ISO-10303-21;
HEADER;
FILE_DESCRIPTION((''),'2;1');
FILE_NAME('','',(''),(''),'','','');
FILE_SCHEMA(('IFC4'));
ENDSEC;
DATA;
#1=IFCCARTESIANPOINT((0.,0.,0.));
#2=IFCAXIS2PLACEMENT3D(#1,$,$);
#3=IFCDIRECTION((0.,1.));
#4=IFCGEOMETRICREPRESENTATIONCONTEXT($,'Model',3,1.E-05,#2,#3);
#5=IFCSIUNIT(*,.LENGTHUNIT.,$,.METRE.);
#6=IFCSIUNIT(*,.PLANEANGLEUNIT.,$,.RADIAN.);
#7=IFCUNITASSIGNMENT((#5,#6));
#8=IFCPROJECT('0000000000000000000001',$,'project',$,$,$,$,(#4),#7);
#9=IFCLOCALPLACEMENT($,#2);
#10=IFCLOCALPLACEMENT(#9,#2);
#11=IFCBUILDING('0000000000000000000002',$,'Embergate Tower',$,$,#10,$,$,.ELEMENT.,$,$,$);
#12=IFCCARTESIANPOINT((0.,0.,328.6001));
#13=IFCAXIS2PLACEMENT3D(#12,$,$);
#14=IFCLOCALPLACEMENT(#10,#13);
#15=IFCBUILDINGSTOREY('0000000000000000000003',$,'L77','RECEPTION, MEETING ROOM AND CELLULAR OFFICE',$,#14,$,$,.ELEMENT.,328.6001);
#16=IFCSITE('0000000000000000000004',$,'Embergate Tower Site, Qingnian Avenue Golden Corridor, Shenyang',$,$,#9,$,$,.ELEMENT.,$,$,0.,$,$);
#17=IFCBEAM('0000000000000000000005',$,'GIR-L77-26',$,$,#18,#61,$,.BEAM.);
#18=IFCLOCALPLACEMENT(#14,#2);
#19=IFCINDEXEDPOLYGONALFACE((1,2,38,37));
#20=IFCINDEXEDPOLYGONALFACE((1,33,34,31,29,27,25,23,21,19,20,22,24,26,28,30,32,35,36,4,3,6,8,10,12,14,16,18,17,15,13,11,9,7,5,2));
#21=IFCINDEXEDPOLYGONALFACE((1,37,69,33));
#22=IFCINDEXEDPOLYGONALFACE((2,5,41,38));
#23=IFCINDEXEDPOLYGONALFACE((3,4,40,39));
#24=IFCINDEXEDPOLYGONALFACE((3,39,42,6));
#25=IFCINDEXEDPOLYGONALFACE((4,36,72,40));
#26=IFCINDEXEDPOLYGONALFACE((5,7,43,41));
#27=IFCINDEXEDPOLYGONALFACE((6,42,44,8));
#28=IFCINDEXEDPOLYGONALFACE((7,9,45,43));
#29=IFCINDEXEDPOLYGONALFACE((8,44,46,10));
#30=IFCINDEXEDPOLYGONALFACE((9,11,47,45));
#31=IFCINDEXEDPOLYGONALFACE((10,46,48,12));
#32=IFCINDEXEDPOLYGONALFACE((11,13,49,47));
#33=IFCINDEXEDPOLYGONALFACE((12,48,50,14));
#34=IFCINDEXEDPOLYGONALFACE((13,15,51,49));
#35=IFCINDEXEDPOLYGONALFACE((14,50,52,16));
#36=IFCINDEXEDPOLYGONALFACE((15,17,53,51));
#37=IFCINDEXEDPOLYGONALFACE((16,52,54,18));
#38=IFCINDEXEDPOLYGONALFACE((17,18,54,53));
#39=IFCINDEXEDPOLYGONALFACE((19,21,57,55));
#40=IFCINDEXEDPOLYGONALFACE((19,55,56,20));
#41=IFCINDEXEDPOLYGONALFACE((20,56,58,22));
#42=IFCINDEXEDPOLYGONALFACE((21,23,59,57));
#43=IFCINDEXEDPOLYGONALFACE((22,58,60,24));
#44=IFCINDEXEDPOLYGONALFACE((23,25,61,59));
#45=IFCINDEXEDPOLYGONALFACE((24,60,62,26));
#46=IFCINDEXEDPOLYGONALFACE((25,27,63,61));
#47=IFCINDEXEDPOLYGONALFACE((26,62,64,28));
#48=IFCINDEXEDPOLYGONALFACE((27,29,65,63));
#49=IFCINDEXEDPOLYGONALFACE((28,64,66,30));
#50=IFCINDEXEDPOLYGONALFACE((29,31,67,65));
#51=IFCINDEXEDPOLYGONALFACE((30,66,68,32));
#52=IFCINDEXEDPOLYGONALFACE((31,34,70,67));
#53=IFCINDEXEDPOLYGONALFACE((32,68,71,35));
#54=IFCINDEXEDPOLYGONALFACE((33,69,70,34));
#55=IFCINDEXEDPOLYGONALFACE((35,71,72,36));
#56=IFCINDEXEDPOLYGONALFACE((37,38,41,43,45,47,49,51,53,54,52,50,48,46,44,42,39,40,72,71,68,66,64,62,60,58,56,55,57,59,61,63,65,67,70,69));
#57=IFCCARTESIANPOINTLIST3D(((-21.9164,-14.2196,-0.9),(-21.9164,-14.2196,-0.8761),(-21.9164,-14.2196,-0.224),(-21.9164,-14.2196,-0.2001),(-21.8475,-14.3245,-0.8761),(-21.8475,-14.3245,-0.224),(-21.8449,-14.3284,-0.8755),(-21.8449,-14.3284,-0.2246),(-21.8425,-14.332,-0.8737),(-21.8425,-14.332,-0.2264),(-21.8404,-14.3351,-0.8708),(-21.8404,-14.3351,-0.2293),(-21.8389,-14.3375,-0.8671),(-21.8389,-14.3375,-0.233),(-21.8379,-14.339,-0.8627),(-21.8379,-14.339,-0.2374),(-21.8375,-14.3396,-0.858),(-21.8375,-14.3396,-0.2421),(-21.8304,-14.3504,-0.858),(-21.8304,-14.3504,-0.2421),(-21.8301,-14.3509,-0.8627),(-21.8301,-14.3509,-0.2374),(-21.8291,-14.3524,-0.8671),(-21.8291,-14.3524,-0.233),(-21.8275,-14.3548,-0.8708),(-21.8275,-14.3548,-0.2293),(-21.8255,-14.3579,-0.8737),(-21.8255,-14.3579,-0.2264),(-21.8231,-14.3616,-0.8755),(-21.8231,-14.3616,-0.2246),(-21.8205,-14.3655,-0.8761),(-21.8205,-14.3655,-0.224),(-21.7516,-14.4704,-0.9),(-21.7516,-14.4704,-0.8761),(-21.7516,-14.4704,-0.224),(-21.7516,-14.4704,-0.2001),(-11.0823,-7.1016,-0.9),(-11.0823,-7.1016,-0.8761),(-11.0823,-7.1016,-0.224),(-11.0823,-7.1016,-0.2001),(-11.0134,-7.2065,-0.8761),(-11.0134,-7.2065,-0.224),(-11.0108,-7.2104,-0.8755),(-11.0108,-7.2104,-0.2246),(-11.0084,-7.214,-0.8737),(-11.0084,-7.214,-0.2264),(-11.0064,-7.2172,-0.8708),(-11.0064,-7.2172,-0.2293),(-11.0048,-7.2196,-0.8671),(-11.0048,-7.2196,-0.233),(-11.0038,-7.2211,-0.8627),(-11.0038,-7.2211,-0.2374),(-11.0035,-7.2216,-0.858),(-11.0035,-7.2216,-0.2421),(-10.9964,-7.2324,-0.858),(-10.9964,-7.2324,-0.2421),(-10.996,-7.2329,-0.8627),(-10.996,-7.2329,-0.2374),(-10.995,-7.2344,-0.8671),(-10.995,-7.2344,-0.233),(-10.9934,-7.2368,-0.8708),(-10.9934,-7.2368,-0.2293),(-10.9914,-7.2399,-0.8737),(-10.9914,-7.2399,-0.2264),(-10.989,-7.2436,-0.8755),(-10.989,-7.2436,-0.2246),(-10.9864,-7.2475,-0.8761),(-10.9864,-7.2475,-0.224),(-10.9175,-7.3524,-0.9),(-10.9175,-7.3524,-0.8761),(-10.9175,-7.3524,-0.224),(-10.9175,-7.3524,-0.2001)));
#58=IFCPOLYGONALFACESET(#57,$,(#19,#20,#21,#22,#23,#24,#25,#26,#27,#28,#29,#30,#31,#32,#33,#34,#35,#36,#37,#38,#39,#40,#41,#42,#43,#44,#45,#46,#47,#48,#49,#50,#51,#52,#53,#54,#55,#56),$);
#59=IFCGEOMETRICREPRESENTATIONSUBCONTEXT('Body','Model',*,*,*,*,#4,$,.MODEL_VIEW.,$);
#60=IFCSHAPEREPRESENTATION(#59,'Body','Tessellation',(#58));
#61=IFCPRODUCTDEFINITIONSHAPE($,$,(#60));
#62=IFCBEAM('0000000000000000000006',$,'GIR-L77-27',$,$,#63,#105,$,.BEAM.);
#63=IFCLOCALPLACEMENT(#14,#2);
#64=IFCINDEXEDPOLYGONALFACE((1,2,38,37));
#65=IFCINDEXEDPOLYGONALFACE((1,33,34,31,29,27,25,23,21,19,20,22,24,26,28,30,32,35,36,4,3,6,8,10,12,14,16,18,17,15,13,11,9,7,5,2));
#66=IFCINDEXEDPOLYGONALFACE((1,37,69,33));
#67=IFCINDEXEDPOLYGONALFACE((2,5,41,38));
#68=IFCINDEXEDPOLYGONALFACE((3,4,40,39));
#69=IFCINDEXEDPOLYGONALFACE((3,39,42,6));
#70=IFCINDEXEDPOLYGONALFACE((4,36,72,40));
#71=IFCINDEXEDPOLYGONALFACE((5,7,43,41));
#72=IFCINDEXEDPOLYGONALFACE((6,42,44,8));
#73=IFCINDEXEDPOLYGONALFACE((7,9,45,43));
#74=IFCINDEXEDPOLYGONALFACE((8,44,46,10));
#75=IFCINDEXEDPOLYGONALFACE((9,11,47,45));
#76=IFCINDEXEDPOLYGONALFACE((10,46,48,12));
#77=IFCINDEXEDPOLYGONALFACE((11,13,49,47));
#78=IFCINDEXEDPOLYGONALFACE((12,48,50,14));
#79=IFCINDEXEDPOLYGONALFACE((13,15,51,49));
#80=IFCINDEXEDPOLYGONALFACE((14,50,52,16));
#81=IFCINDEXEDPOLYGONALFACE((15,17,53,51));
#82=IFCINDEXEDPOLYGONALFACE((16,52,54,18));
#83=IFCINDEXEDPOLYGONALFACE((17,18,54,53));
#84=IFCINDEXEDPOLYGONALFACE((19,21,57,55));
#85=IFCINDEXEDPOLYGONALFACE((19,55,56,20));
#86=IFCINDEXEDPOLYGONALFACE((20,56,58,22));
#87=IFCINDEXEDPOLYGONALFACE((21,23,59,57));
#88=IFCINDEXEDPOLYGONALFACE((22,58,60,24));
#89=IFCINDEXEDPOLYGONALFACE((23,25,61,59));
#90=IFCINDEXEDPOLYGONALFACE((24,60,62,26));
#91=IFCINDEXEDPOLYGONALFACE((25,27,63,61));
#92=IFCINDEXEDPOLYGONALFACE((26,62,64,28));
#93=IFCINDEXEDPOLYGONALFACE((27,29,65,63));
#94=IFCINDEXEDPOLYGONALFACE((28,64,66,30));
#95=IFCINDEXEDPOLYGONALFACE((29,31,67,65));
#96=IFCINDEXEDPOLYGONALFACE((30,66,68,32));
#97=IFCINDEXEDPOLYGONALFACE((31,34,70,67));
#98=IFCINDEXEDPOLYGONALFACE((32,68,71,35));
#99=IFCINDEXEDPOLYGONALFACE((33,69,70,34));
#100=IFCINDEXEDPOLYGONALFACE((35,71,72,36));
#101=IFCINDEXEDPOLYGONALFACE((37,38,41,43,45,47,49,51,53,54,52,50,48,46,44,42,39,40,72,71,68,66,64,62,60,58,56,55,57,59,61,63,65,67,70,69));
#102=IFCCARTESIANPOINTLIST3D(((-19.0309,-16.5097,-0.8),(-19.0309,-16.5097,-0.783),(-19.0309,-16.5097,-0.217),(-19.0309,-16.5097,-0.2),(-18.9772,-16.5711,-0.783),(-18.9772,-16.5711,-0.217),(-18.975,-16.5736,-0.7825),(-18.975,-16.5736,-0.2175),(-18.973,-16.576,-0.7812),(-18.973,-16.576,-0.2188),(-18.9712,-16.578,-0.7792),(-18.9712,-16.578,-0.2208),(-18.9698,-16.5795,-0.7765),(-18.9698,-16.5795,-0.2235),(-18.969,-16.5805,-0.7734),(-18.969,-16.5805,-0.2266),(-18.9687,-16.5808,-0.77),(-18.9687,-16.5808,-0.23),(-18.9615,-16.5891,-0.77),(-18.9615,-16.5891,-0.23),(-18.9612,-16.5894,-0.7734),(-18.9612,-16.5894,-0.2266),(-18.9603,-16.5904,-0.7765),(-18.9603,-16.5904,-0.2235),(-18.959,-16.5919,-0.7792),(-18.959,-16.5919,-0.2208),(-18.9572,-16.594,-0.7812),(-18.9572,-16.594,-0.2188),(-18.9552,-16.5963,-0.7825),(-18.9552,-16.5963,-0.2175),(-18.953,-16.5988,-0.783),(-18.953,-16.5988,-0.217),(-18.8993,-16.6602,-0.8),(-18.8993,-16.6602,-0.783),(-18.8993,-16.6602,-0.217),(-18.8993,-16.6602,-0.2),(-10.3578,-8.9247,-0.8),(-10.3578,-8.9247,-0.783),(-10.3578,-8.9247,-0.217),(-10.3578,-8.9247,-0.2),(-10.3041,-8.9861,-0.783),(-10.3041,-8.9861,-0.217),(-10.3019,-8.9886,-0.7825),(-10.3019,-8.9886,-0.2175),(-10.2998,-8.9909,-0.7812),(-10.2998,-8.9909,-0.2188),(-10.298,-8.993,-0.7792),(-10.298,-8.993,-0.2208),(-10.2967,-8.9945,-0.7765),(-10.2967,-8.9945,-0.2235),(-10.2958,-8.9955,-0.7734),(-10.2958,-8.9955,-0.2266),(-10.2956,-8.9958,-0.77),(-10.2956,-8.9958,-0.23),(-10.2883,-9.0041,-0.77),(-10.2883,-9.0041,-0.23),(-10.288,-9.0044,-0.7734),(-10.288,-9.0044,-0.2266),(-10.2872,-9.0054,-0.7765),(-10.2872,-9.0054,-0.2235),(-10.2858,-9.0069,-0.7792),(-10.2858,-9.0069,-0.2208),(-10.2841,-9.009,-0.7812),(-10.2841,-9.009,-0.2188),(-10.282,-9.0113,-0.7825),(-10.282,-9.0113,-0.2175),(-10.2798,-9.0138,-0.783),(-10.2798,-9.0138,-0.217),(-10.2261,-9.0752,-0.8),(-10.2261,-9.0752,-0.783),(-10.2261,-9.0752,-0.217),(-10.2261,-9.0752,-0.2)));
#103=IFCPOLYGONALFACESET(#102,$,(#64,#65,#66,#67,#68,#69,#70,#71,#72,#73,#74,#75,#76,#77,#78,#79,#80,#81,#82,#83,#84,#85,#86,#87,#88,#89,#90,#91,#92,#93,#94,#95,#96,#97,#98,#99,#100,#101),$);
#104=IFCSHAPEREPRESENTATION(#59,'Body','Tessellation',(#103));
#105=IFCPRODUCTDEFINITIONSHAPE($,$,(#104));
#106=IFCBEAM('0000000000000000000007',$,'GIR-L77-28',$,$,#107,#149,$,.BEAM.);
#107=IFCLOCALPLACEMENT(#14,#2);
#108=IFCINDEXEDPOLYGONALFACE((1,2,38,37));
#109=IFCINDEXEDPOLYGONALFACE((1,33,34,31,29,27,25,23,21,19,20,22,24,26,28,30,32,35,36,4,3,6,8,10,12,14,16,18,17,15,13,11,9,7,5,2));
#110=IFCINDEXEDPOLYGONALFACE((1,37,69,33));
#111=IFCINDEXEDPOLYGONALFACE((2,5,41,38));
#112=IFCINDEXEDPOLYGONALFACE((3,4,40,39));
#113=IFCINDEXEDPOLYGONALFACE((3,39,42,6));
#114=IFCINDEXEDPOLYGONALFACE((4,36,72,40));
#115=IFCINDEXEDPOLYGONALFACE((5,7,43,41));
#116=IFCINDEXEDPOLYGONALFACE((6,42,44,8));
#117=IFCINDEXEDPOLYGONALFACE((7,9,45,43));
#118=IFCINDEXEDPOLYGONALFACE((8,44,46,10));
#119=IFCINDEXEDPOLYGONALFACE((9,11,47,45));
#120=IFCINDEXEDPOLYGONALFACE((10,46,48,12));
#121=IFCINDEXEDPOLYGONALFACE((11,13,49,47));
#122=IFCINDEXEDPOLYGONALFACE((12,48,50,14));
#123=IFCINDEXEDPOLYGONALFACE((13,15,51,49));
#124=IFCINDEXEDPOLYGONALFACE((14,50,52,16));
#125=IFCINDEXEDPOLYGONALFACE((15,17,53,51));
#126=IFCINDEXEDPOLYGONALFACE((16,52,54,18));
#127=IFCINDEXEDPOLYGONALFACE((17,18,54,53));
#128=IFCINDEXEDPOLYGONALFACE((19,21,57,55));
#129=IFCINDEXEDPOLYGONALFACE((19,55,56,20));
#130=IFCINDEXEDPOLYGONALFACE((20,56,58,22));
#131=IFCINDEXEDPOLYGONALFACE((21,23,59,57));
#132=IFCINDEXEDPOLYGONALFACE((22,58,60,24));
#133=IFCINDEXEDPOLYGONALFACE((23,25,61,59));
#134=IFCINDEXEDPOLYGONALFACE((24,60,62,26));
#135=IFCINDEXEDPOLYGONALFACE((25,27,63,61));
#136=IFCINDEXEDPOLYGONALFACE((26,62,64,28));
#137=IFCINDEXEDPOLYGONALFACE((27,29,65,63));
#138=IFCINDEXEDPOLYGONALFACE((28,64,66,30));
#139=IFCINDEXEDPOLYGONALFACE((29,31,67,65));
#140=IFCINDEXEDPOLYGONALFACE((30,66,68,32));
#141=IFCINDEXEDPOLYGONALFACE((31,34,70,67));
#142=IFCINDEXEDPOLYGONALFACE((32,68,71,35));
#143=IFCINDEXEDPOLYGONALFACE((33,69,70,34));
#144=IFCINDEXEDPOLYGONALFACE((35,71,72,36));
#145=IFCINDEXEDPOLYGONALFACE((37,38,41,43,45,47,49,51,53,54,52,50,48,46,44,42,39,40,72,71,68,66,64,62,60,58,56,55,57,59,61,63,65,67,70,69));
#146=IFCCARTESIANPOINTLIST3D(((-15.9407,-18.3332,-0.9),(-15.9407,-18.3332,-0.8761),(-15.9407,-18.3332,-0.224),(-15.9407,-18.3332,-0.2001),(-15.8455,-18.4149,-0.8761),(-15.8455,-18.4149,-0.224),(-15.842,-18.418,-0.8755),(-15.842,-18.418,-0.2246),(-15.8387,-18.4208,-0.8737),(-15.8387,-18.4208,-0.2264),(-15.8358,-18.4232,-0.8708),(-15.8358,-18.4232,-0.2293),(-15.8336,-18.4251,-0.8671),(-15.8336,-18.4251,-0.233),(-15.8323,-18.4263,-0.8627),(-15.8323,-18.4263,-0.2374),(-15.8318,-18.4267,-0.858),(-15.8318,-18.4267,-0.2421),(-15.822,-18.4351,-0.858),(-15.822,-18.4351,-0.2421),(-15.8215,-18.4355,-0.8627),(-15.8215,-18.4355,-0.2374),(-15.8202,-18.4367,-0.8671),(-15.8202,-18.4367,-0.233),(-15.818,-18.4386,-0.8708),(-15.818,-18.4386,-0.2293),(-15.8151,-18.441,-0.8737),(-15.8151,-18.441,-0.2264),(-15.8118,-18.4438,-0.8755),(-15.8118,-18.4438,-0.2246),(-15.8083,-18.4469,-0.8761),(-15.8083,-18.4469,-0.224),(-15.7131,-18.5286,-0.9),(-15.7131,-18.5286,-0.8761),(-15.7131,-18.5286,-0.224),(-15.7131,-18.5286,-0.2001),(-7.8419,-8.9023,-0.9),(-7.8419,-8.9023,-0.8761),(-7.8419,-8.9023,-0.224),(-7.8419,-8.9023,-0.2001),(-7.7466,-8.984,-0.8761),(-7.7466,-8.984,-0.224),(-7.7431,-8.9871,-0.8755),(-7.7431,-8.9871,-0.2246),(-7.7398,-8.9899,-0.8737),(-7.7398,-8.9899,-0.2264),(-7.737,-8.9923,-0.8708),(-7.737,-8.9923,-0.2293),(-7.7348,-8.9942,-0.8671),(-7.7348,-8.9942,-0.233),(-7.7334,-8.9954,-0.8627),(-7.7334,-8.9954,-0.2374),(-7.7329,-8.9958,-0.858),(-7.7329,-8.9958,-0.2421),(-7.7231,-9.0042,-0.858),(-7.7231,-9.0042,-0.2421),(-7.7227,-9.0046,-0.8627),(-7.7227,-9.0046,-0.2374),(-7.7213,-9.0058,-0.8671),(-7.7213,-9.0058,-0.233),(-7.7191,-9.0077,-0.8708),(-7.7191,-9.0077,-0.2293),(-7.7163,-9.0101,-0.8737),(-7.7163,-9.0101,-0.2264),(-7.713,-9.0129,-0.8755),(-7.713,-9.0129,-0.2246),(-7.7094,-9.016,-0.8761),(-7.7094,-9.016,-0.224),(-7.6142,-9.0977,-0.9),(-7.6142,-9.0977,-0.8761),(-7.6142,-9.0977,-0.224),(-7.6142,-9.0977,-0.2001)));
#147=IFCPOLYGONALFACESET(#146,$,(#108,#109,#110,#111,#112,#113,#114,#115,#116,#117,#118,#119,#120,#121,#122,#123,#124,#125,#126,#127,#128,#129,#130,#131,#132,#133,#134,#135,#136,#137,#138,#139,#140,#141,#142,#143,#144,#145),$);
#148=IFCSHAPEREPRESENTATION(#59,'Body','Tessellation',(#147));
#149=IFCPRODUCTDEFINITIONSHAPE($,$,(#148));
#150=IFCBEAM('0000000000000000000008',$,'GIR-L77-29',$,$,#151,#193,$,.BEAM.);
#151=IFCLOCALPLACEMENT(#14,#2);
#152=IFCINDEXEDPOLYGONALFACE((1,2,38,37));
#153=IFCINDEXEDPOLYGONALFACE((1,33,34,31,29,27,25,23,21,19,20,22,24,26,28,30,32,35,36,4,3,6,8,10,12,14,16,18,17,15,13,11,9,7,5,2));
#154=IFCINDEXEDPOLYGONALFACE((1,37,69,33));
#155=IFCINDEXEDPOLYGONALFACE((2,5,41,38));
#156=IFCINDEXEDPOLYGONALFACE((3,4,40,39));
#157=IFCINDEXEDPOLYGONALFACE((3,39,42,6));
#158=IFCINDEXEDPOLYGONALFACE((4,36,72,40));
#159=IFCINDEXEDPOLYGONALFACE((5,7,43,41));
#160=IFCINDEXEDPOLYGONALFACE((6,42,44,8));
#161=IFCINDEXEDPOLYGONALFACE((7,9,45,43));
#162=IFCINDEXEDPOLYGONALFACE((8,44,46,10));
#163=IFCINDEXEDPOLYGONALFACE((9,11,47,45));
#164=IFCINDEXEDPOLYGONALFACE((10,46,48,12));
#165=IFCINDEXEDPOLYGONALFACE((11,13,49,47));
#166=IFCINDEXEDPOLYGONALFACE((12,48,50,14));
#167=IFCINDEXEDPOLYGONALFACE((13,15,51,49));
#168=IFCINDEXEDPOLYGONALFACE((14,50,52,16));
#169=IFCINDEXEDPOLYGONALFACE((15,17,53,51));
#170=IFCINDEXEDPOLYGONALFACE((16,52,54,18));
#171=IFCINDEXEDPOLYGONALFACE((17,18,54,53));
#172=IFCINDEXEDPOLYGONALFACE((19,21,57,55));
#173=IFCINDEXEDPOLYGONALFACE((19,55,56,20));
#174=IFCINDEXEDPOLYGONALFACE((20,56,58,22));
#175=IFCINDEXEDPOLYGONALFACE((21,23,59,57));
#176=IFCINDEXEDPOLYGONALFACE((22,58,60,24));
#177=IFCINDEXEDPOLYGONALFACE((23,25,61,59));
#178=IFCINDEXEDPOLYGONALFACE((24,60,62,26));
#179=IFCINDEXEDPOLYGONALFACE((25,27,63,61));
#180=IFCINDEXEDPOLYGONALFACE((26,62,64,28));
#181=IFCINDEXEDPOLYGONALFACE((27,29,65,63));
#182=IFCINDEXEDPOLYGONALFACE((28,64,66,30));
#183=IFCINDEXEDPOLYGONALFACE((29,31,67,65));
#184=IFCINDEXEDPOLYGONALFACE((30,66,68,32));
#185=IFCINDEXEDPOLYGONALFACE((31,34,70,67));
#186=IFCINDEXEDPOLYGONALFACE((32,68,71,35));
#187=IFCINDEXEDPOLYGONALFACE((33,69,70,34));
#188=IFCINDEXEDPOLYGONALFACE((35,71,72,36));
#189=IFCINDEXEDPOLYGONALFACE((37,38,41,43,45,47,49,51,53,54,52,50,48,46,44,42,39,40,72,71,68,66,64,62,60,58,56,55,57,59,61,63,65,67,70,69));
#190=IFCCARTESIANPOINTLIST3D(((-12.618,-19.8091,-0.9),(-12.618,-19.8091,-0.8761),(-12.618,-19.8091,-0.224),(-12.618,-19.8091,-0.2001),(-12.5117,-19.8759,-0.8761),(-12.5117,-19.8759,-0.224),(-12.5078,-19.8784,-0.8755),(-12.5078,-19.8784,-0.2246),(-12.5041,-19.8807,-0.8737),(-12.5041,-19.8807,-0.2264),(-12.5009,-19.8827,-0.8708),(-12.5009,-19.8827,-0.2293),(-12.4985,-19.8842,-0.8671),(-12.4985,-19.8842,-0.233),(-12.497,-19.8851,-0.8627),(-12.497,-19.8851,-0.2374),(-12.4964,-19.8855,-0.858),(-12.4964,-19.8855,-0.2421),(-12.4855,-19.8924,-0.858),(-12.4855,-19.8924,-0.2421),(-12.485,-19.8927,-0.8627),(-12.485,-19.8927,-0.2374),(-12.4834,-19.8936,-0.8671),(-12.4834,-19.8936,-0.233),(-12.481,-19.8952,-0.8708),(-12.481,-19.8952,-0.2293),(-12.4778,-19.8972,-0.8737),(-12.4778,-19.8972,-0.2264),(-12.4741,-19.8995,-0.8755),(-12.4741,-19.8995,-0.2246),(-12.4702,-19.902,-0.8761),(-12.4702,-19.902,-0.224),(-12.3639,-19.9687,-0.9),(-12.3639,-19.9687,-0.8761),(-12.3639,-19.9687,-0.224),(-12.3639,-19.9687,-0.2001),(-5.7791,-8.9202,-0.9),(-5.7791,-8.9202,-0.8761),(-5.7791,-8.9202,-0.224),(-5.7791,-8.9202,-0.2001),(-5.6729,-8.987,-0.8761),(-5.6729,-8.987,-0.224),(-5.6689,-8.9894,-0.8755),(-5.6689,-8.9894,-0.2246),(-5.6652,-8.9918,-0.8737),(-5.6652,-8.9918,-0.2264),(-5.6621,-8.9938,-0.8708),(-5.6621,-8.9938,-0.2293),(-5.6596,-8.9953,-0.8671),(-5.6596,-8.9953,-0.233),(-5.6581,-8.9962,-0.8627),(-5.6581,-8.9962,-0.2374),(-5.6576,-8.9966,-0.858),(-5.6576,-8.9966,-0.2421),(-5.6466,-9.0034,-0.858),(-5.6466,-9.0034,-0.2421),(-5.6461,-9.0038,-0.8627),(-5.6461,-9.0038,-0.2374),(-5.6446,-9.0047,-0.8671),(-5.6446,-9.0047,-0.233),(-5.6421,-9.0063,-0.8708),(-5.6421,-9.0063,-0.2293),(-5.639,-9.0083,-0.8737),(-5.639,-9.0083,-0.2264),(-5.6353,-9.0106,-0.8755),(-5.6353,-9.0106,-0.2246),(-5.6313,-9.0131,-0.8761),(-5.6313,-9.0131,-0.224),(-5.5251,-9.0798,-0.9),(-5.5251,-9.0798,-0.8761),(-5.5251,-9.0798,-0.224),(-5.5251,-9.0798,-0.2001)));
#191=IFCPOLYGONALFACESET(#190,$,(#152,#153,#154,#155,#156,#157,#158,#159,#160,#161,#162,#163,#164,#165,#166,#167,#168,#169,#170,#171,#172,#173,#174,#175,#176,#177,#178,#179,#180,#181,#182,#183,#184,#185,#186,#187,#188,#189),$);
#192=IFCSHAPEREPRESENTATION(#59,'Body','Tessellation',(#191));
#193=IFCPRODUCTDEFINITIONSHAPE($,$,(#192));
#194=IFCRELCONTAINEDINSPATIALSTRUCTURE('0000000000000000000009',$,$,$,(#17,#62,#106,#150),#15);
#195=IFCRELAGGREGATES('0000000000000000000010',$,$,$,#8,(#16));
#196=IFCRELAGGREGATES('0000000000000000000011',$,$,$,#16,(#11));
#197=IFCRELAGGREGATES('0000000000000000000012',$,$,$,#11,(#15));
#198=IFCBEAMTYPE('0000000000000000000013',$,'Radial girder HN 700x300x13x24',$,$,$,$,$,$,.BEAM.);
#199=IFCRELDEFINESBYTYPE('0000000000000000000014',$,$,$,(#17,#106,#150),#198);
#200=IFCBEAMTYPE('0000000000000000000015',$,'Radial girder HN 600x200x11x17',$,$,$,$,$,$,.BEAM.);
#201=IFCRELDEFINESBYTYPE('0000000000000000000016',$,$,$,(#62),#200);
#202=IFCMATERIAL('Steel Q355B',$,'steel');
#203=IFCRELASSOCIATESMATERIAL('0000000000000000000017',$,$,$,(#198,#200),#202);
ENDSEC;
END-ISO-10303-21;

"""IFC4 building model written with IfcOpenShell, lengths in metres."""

from ifc_helpers import new_model, si_unit, direction, frame, origin, origin_2d, place, context, subcontext, project, spatial, i_section, extrude, source, transform, mapped, material, material_profile, profile_set, type_object, element, save


model = new_model("IFC4")

# Units and contexts
model_context = context("Model", 3, precision=1e-05, world=origin(), true_north=direction((0.0, 1.0)))
body_context = subcontext(model_context, "Body", "Model", "MODEL_VIEW")
ifc_project = project(units=[si_unit("LENGTHUNIT", "METRE"), si_unit("PLANEANGLEUNIT", "RADIAN")], contexts=[model_context])

# Site, building, storey
site_placement = place(None, origin())
site = spatial("IfcSite", under=ifc_project, at=site_placement, Name="Embergate Tower Site, Qingnian Avenue Golden Corridor, Shenyang", CompositionType="ELEMENT", RefElevation=0.0)
building_placement = place(site_placement, origin())
building = spatial("IfcBuilding", under=site, at=building_placement, Name="Embergate Tower", CompositionType="ELEMENT")
storey_placement = place(building_placement, frame((0.0, 0.0, 328.6001)))
storey = spatial("IfcBuildingStorey", under=building, at=storey_placement, Name="L77", Description="RECEPTION, MEETING ROOM AND CELLULAR OFFICE", CompositionType="ELEMENT", Elevation=328.6001)

# Beams
ifc_material_1 = material(Name="Steel Q355B", Category="steel")
ifc_material_profile_1 = material_profile(ifc_material_1, i_section(OverallWidth=0.3, OverallDepth=0.7, WebThickness=0.0129, FlangeThickness=0.0239, FilletRadius=0.0181, at=origin_2d()), Name="HN 700x300x13x24")
ifc_profile_set_1 = profile_set([ifc_material_profile_1], Name="Steel Q355 grade B")
beam_type_1 = type_object("IfcBeamType", Name="Radial girder HN 700x300x13x24", PredefinedType="BEAM", material=ifc_profile_set_1)
shared_shape_1 = source(origin(), body_context, "Body", "SweptSolid", [
    extrude(i_section(OverallWidth=0.3, OverallDepth=0.7, WebThickness=0.0129, FlangeThickness=0.0239, FilletRadius=0.0181, at=origin_2d()), origin(), (0.0, 0.0, 1.0), 12.9631),
])
beam_1_placement = place(storey_placement, frame((-21.834, -14.345, -0.55), z_axis=(0.835761, 0.549094, 0.0), x_axis=(-0.549094, 0.835761, 0.0)))
element("IfcBeam", 1, at=beam_1_placement, inside=storey, type_object=beam_type_1, Name="GIR-L77-26", PredefinedType="BEAM", context=body_context, shape_type="MappedRepresentation", body=[
    mapped(shared_shape_1, transform((0.0, 0.0, 0.0))),
])
ifc_material_profile_2 = material_profile(ifc_material_1, i_section(OverallWidth=0.2, OverallDepth=0.6001, WebThickness=0.011, FlangeThickness=0.0171, FilletRadius=0.0129, at=origin_2d()), Name="HN 600x200x11x17")
ifc_profile_set_2 = profile_set([ifc_material_profile_2], Name="Steel Q355 grade B")
beam_type_2 = type_object("IfcBeamType", Name="Radial girder HN 600x200x11x17", PredefinedType="BEAM", material=ifc_profile_set_2)
shared_shape_2 = source(origin(), body_context, "Body", "SweptSolid", [
    extrude(i_section(OverallWidth=0.2, OverallDepth=0.6001, WebThickness=0.011, FlangeThickness=0.0171, FilletRadius=0.0129, at=origin_2d()), origin(), (0.0, 0.0, 1.0), 11.522),
])
beam_2_placement = place(storey_placement, frame((-18.9651, -16.585, -0.5), z_axis=(0.752749, 0.658308, 0.0), x_axis=(-0.658308, 0.752749, 0.0)))
element("IfcBeam", 2, at=beam_2_placement, inside=storey, type_object=beam_type_2, Name="GIR-L77-27", PredefinedType="BEAM", context=body_context, shape_type="MappedRepresentation", body=[
    mapped(shared_shape_2, transform((0.0, 0.0, 0.0))),
])
shared_shape_3 = source(origin(), body_context, "Body", "SweptSolid", [
    extrude(i_section(OverallWidth=0.3, OverallDepth=0.7, WebThickness=0.0129, FlangeThickness=0.0239, FilletRadius=0.0181, at=origin_2d()), origin(), (0.0, 0.0, 1.0), 12.4312),
])
beam_3_placement = place(storey_placement, frame((-15.8269, -18.4309, -0.55), z_axis=(0.651498, 0.75865, 0.0), x_axis=(-0.75865, 0.651498, 0.0)))
element("IfcBeam", 3, at=beam_3_placement, inside=storey, type_object=beam_type_1, Name="GIR-L77-28", PredefinedType="BEAM", context=body_context, shape_type="MappedRepresentation", body=[
    mapped(shared_shape_3, transform((0.0, 0.0, 0.0))),
])
shared_shape_4 = source(origin(), body_context, "Body", "SweptSolid", [
    extrude(i_section(OverallWidth=0.3, OverallDepth=0.7, WebThickness=0.0129, FlangeThickness=0.0239, FilletRadius=0.0181, at=origin_2d()), origin(), (0.0, 0.0, 1.0), 12.8584),
])
beam_4_placement = place(storey_placement, frame((-12.491, -19.8889, -0.55), z_axis=(0.53186, 0.846833, 0.0), x_axis=(-0.846833, 0.53186, 0.0)))
element("IfcBeam", 4, at=beam_4_placement, inside=storey, type_object=beam_type_1, Name="GIR-L77-29", PredefinedType="BEAM", context=body_context, shape_type="MappedRepresentation", body=[
    mapped(shared_shape_4, transform((0.0, 0.0, 0.0))),
])

save(model, "model.ifc")
